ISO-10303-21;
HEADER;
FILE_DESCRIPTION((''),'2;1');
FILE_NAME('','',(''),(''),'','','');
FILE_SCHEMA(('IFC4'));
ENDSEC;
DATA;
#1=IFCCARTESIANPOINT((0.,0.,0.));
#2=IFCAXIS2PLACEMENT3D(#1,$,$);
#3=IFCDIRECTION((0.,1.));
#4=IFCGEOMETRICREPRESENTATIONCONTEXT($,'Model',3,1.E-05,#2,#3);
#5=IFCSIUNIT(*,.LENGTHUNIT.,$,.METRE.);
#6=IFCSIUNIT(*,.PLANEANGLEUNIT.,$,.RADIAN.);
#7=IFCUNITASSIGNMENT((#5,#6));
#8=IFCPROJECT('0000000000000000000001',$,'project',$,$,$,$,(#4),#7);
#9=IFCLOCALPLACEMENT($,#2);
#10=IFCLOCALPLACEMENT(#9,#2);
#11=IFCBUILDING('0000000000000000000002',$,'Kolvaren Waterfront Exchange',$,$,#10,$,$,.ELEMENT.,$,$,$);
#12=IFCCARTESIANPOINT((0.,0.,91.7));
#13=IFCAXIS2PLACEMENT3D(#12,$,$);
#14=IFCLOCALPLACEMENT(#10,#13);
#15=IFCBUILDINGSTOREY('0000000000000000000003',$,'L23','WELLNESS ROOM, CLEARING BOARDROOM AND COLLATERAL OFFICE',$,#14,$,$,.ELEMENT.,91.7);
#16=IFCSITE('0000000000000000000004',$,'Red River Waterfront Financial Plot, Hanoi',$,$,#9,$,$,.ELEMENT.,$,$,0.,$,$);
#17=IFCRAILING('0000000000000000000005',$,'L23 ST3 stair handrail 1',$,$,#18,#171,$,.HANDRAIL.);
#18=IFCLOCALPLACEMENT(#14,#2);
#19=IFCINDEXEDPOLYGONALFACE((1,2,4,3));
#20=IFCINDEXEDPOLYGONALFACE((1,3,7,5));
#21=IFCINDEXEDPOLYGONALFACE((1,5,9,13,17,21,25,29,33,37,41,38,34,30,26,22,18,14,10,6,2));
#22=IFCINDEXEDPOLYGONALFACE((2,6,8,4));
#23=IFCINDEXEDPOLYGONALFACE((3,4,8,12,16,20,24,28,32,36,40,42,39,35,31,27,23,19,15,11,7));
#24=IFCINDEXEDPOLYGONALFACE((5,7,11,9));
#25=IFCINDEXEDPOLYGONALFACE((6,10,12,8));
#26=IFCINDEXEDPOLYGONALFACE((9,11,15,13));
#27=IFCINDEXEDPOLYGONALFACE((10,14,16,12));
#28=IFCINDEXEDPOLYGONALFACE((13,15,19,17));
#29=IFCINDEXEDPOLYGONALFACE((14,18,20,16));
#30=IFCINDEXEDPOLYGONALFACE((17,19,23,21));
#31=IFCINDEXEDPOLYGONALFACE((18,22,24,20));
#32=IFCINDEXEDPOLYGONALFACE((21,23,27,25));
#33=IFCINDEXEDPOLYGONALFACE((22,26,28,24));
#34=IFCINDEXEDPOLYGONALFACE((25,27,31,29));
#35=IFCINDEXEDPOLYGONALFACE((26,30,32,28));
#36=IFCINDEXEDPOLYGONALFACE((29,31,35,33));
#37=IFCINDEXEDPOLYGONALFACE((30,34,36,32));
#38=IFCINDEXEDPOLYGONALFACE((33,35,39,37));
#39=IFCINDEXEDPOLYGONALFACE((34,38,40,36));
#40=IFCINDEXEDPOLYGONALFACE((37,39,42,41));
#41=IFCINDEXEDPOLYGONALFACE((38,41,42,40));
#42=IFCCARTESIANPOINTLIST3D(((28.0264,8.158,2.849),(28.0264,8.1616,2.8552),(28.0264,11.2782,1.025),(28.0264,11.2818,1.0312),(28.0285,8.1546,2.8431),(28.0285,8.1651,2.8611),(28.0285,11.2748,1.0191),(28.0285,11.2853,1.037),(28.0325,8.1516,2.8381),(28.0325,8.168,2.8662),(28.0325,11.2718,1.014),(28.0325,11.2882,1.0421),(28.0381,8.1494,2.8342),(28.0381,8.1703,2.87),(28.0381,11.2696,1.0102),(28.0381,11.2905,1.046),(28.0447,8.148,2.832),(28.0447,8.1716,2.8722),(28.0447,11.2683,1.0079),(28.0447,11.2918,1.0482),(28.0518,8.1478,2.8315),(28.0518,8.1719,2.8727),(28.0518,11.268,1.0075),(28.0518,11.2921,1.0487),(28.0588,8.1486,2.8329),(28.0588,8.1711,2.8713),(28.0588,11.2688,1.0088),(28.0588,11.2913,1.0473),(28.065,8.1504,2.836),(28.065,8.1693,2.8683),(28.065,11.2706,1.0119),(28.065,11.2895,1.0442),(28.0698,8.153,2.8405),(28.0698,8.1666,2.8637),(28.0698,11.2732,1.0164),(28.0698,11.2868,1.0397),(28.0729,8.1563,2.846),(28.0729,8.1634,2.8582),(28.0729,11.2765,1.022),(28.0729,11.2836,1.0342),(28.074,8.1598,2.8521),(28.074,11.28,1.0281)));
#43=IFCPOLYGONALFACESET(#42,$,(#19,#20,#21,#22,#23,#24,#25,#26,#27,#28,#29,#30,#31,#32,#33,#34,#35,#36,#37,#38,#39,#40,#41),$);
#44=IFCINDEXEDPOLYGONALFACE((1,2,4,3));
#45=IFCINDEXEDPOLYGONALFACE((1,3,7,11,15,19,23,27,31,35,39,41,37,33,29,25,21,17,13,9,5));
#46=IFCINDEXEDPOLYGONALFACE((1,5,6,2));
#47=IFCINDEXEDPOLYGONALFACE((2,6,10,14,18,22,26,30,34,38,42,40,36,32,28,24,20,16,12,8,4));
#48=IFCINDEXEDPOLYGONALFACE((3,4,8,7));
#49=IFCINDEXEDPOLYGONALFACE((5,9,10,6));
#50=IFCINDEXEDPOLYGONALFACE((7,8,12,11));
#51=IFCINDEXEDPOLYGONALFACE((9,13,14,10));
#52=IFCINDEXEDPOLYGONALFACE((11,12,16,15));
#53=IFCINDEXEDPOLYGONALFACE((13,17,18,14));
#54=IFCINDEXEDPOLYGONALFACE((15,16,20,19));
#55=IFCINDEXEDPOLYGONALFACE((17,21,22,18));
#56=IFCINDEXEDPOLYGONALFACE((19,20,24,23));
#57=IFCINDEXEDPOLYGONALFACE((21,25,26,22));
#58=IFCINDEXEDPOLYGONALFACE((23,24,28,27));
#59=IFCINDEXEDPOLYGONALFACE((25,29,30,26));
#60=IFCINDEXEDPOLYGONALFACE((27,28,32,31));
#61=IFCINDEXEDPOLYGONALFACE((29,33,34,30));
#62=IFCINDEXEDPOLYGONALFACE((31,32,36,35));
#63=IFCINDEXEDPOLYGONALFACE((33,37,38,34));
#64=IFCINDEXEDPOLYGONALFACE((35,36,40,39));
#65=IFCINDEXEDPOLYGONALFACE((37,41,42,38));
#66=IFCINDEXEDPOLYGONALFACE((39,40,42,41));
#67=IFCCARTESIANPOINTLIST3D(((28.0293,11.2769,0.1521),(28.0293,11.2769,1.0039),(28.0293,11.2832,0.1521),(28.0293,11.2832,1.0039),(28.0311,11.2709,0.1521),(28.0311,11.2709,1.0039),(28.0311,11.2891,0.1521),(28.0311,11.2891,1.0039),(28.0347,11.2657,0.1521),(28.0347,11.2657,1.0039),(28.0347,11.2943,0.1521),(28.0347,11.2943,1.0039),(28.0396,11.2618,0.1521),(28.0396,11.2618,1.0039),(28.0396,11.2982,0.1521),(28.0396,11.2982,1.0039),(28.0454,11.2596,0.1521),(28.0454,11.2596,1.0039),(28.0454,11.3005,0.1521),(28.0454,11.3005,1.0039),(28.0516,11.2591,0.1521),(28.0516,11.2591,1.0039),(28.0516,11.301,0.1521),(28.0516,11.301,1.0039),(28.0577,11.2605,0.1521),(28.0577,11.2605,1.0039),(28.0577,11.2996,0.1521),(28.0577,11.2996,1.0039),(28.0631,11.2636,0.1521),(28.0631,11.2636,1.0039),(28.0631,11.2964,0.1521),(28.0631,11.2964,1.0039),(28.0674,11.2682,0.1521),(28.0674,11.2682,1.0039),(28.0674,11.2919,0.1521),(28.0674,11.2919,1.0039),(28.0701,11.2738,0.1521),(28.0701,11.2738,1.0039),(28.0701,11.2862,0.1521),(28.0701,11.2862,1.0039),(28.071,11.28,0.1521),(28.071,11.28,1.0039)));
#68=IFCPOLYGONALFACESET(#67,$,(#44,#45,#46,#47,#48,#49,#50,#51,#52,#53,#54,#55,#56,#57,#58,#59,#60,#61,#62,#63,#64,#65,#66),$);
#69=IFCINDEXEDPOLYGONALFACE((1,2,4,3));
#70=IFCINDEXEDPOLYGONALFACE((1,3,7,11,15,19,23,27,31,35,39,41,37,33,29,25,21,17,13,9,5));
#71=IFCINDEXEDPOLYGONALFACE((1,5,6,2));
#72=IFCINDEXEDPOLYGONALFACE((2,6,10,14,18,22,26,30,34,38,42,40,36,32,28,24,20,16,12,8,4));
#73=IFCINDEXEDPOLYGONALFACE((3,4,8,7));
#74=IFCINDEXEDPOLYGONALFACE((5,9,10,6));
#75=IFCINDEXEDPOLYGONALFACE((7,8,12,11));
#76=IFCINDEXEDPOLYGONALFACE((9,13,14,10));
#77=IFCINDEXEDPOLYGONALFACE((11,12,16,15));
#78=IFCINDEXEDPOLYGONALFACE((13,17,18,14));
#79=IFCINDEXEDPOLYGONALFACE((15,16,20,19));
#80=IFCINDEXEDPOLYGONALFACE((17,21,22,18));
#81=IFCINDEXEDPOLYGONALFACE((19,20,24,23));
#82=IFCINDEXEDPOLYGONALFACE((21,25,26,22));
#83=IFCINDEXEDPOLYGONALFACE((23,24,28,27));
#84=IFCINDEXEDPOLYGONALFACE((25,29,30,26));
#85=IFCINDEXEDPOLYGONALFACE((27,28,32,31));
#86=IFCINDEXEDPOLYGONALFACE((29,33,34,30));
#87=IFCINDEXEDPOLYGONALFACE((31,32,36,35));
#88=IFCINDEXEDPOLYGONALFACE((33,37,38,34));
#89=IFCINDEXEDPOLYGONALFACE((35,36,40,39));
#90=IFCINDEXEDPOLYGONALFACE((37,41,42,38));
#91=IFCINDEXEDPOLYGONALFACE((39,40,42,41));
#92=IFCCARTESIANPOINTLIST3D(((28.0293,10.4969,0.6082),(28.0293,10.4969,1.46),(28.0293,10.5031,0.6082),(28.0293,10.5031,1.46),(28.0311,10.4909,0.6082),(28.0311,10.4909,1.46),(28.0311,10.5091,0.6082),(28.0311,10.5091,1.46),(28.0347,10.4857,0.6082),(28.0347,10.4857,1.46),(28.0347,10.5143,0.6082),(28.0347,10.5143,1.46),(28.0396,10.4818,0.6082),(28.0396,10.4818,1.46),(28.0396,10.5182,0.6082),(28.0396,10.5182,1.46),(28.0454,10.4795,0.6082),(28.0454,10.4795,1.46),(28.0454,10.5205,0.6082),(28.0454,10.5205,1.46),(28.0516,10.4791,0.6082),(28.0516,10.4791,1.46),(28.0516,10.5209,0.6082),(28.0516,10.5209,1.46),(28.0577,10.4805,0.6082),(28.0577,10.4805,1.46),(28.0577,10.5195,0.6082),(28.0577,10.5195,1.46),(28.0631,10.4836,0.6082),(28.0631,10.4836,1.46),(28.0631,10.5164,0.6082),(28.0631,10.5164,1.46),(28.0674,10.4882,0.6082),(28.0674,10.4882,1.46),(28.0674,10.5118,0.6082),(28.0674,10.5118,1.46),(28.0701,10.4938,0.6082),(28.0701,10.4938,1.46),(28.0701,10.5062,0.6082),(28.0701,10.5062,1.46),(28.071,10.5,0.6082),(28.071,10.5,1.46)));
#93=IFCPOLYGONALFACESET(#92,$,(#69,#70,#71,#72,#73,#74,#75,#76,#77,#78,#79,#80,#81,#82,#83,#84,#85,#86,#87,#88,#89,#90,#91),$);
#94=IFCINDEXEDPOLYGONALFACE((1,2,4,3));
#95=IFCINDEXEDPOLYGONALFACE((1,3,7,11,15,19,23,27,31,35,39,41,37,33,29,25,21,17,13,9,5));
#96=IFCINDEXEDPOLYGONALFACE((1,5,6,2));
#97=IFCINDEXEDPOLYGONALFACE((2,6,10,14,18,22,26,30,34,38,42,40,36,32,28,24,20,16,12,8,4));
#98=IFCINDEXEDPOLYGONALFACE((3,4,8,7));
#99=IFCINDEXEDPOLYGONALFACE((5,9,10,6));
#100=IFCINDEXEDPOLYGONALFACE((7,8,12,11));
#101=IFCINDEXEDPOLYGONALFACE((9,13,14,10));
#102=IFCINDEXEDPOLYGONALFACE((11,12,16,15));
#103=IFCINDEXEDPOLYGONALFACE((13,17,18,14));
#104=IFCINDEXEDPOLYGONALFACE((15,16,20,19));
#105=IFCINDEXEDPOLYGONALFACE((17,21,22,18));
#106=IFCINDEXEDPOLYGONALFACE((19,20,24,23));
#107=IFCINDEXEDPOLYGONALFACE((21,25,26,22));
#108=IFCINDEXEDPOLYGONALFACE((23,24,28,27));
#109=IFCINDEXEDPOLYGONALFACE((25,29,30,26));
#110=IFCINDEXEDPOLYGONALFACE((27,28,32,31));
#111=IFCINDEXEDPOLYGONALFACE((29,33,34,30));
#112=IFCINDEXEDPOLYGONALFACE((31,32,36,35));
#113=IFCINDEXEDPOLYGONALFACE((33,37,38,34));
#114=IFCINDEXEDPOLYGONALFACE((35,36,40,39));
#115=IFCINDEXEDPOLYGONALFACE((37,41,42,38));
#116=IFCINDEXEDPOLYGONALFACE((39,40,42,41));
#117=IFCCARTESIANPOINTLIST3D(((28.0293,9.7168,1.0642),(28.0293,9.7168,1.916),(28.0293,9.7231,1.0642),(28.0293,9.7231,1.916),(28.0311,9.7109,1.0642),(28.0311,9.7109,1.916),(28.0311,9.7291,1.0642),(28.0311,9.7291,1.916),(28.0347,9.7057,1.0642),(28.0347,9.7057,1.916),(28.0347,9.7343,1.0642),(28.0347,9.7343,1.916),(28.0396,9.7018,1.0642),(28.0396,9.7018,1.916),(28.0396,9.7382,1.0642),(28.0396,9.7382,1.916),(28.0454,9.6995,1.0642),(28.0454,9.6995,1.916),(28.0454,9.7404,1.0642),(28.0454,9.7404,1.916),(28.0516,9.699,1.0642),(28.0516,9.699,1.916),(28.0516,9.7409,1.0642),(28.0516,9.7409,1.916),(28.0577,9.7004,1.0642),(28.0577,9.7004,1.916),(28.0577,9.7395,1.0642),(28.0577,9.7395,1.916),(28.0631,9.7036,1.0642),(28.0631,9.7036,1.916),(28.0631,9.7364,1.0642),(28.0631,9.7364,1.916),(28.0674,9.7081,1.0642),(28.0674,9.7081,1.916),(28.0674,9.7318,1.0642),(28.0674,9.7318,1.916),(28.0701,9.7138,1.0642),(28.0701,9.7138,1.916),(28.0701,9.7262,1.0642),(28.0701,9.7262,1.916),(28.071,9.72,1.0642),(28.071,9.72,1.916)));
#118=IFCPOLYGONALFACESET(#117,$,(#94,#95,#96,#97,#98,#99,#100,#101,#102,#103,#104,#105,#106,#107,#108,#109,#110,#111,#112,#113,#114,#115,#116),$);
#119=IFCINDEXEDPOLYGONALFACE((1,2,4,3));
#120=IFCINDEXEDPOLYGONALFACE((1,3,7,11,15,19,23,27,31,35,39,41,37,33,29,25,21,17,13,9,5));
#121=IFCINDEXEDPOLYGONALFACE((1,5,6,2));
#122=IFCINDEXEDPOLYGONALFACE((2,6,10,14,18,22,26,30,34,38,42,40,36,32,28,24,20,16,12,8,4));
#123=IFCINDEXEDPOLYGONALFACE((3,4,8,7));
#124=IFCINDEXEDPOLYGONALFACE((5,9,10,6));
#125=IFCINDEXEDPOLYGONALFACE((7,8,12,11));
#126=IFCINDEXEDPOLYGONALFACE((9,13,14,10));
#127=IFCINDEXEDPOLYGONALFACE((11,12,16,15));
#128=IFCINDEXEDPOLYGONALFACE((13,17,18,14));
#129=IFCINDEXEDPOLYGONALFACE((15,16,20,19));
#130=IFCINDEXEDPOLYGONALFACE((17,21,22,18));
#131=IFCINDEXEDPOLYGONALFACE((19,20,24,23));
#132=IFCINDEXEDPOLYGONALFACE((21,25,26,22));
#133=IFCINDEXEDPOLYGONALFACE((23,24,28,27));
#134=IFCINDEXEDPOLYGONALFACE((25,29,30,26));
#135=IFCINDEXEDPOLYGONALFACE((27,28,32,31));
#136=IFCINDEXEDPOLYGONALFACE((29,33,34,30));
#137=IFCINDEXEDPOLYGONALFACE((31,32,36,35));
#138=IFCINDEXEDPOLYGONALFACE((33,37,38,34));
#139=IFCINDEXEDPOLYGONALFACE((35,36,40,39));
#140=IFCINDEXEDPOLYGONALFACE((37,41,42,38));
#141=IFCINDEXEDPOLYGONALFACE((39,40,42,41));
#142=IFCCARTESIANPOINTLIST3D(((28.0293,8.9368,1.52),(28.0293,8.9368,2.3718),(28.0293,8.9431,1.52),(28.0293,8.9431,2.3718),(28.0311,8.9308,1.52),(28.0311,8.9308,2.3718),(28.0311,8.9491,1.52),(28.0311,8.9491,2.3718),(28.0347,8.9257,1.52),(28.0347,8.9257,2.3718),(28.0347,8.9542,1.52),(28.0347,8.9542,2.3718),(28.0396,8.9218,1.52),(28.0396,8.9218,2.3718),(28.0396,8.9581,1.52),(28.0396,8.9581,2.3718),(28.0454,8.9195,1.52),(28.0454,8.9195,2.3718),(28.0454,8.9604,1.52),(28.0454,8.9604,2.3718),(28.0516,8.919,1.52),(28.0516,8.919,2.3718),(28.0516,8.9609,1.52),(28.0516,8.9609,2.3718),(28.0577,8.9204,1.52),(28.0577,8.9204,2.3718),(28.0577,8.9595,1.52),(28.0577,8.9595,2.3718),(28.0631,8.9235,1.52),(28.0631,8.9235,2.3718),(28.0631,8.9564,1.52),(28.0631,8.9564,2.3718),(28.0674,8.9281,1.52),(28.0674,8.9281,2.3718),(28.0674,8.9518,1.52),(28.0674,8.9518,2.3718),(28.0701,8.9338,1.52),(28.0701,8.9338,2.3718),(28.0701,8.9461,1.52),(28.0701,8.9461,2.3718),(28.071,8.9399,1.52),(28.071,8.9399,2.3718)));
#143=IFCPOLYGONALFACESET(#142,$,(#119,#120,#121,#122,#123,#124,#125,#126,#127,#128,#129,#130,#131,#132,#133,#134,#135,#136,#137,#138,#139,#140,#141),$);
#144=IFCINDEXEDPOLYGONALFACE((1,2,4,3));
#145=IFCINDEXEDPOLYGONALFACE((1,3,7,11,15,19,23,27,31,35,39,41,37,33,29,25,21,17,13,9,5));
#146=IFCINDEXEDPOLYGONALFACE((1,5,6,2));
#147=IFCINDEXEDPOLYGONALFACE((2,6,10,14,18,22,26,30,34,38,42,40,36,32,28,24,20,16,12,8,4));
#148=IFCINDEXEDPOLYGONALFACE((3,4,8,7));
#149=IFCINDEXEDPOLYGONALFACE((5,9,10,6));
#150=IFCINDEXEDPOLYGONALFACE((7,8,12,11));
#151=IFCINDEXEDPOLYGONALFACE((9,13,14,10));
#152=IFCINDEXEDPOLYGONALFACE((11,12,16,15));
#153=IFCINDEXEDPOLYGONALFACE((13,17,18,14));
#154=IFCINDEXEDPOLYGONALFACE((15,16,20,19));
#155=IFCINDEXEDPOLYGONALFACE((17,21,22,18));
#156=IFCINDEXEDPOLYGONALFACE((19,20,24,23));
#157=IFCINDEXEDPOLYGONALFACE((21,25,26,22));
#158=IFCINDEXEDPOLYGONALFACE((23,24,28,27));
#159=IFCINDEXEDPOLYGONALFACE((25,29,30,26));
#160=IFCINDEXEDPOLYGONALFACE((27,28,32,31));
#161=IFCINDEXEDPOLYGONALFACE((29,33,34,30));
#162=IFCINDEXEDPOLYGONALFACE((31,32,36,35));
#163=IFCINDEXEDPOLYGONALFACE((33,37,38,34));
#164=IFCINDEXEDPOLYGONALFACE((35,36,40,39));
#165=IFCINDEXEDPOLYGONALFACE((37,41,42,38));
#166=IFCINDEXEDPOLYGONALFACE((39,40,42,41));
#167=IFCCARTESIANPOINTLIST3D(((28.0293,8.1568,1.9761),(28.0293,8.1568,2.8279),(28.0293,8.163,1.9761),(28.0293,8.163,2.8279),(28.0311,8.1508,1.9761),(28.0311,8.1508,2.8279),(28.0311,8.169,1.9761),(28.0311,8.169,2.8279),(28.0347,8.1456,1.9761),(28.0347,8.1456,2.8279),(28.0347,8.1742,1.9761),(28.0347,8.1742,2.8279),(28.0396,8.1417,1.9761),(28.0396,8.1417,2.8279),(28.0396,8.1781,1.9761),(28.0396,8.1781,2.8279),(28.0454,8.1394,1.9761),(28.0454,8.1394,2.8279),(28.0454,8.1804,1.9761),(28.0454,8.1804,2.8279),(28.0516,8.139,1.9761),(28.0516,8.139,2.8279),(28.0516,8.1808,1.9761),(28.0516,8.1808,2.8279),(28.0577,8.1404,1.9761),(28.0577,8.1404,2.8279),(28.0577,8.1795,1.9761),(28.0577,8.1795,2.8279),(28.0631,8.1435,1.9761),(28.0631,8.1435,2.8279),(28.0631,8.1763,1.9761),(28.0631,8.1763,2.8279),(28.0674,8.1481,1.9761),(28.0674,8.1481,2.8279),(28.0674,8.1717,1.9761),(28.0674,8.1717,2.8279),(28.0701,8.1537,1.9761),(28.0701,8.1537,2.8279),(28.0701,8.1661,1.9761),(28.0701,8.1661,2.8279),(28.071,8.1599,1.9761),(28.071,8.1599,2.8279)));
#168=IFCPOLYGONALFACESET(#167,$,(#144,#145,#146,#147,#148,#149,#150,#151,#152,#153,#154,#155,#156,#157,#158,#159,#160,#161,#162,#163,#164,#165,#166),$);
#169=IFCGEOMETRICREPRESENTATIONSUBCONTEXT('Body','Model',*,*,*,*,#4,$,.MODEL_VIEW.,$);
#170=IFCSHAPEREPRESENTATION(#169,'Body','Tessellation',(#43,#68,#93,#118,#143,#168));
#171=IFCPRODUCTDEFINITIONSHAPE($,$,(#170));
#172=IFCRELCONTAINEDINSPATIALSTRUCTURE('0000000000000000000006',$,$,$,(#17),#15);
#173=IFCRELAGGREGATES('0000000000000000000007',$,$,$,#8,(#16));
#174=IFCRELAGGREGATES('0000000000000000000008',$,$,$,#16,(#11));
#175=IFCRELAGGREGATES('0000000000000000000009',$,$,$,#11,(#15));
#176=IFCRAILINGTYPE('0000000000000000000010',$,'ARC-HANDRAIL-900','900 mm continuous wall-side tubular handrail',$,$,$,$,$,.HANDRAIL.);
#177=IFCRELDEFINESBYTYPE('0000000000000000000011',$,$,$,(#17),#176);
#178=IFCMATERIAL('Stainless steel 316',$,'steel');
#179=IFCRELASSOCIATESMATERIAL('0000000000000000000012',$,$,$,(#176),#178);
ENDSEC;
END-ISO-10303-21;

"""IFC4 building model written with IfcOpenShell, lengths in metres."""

from ifc_helpers import new_model, si_unit, direction, frame, origin, origin_2d, place, context, subcontext, project, spatial, circle, extrude, material, type_object, element, save


model = new_model("IFC4")

# Units and contexts
model_context = context("Model", 3, precision=1e-05, world=origin(), true_north=direction((0.0, 1.0)))
body_context = subcontext(model_context, "Body", "Model", "MODEL_VIEW")
ifc_project = project(units=[si_unit("LENGTHUNIT", "METRE"), si_unit("PLANEANGLEUNIT", "RADIAN")], contexts=[model_context])

# Site, building, storey
site_placement = place(None, origin())
site = spatial("IfcSite", under=ifc_project, at=site_placement, Name="Red River Waterfront Financial Plot, Hanoi", CompositionType="ELEMENT", RefElevation=0.0)
building_placement = place(site_placement, origin())
building = spatial("IfcBuilding", under=site, at=building_placement, Name="Kolvaren Waterfront Exchange", CompositionType="ELEMENT")
storey_placement = place(building_placement, frame((0.0, 0.0, 91.7)))
storey = spatial("IfcBuildingStorey", under=building, at=storey_placement, Name="L23", Description="WELLNESS ROOM, CLEARING BOARDROOM AND COLLATERAL OFFICE", CompositionType="ELEMENT", Elevation=91.7)

# Railing
ifc_material_1 = material(Name="Stainless steel 316", Category="steel")
railing_type = type_object("IfcRailingType", Name="ARC-HANDRAIL-900", Description="900 mm continuous wall-side tubular handrail", PredefinedType="HANDRAIL", material=ifc_material_1)
railing_1_placement = place(storey_placement, frame((28.05, 11.28, 0.1521)))
element("IfcRailing", 1, at=railing_1_placement, inside=storey, type_object=railing_type, Name="L23 ST3 stair handrail 1", PredefinedType="HANDRAIL", context=body_context, shape_type="SweptSolid", body=[
    extrude(circle(Radius=0.0239, at=origin_2d()), frame((0.0, 0.0, 0.876), z_axis=(0.0, -0.863308, 0.504677), x_axis=(1.0, 0.0, 0.0)), (0.0, 0.0, 1.0), 3.6143),
    extrude(circle(Radius=0.021, at=origin_2d()), origin(), (0.0, 0.0, 1.0), 0.8518),
    extrude(circle(Radius=0.021, at=origin_2d()), frame((0.0, -0.78, 0.4561)), (0.0, 0.0, 1.0), 0.8518),
    extrude(circle(Radius=0.021, at=origin_2d()), frame((0.0, -1.5601, 0.9121)), (0.0, 0.0, 1.0), 0.8518),
    extrude(circle(Radius=0.021, at=origin_2d()), frame((0.0, -2.3401, 1.3679)), (0.0, 0.0, 1.0), 0.8518),
    extrude(circle(Radius=0.021, at=origin_2d()), frame((0.0, -3.1201, 1.824)), (0.0, 0.0, 1.0), 0.8518),
])

save(model, "model.ifc")
